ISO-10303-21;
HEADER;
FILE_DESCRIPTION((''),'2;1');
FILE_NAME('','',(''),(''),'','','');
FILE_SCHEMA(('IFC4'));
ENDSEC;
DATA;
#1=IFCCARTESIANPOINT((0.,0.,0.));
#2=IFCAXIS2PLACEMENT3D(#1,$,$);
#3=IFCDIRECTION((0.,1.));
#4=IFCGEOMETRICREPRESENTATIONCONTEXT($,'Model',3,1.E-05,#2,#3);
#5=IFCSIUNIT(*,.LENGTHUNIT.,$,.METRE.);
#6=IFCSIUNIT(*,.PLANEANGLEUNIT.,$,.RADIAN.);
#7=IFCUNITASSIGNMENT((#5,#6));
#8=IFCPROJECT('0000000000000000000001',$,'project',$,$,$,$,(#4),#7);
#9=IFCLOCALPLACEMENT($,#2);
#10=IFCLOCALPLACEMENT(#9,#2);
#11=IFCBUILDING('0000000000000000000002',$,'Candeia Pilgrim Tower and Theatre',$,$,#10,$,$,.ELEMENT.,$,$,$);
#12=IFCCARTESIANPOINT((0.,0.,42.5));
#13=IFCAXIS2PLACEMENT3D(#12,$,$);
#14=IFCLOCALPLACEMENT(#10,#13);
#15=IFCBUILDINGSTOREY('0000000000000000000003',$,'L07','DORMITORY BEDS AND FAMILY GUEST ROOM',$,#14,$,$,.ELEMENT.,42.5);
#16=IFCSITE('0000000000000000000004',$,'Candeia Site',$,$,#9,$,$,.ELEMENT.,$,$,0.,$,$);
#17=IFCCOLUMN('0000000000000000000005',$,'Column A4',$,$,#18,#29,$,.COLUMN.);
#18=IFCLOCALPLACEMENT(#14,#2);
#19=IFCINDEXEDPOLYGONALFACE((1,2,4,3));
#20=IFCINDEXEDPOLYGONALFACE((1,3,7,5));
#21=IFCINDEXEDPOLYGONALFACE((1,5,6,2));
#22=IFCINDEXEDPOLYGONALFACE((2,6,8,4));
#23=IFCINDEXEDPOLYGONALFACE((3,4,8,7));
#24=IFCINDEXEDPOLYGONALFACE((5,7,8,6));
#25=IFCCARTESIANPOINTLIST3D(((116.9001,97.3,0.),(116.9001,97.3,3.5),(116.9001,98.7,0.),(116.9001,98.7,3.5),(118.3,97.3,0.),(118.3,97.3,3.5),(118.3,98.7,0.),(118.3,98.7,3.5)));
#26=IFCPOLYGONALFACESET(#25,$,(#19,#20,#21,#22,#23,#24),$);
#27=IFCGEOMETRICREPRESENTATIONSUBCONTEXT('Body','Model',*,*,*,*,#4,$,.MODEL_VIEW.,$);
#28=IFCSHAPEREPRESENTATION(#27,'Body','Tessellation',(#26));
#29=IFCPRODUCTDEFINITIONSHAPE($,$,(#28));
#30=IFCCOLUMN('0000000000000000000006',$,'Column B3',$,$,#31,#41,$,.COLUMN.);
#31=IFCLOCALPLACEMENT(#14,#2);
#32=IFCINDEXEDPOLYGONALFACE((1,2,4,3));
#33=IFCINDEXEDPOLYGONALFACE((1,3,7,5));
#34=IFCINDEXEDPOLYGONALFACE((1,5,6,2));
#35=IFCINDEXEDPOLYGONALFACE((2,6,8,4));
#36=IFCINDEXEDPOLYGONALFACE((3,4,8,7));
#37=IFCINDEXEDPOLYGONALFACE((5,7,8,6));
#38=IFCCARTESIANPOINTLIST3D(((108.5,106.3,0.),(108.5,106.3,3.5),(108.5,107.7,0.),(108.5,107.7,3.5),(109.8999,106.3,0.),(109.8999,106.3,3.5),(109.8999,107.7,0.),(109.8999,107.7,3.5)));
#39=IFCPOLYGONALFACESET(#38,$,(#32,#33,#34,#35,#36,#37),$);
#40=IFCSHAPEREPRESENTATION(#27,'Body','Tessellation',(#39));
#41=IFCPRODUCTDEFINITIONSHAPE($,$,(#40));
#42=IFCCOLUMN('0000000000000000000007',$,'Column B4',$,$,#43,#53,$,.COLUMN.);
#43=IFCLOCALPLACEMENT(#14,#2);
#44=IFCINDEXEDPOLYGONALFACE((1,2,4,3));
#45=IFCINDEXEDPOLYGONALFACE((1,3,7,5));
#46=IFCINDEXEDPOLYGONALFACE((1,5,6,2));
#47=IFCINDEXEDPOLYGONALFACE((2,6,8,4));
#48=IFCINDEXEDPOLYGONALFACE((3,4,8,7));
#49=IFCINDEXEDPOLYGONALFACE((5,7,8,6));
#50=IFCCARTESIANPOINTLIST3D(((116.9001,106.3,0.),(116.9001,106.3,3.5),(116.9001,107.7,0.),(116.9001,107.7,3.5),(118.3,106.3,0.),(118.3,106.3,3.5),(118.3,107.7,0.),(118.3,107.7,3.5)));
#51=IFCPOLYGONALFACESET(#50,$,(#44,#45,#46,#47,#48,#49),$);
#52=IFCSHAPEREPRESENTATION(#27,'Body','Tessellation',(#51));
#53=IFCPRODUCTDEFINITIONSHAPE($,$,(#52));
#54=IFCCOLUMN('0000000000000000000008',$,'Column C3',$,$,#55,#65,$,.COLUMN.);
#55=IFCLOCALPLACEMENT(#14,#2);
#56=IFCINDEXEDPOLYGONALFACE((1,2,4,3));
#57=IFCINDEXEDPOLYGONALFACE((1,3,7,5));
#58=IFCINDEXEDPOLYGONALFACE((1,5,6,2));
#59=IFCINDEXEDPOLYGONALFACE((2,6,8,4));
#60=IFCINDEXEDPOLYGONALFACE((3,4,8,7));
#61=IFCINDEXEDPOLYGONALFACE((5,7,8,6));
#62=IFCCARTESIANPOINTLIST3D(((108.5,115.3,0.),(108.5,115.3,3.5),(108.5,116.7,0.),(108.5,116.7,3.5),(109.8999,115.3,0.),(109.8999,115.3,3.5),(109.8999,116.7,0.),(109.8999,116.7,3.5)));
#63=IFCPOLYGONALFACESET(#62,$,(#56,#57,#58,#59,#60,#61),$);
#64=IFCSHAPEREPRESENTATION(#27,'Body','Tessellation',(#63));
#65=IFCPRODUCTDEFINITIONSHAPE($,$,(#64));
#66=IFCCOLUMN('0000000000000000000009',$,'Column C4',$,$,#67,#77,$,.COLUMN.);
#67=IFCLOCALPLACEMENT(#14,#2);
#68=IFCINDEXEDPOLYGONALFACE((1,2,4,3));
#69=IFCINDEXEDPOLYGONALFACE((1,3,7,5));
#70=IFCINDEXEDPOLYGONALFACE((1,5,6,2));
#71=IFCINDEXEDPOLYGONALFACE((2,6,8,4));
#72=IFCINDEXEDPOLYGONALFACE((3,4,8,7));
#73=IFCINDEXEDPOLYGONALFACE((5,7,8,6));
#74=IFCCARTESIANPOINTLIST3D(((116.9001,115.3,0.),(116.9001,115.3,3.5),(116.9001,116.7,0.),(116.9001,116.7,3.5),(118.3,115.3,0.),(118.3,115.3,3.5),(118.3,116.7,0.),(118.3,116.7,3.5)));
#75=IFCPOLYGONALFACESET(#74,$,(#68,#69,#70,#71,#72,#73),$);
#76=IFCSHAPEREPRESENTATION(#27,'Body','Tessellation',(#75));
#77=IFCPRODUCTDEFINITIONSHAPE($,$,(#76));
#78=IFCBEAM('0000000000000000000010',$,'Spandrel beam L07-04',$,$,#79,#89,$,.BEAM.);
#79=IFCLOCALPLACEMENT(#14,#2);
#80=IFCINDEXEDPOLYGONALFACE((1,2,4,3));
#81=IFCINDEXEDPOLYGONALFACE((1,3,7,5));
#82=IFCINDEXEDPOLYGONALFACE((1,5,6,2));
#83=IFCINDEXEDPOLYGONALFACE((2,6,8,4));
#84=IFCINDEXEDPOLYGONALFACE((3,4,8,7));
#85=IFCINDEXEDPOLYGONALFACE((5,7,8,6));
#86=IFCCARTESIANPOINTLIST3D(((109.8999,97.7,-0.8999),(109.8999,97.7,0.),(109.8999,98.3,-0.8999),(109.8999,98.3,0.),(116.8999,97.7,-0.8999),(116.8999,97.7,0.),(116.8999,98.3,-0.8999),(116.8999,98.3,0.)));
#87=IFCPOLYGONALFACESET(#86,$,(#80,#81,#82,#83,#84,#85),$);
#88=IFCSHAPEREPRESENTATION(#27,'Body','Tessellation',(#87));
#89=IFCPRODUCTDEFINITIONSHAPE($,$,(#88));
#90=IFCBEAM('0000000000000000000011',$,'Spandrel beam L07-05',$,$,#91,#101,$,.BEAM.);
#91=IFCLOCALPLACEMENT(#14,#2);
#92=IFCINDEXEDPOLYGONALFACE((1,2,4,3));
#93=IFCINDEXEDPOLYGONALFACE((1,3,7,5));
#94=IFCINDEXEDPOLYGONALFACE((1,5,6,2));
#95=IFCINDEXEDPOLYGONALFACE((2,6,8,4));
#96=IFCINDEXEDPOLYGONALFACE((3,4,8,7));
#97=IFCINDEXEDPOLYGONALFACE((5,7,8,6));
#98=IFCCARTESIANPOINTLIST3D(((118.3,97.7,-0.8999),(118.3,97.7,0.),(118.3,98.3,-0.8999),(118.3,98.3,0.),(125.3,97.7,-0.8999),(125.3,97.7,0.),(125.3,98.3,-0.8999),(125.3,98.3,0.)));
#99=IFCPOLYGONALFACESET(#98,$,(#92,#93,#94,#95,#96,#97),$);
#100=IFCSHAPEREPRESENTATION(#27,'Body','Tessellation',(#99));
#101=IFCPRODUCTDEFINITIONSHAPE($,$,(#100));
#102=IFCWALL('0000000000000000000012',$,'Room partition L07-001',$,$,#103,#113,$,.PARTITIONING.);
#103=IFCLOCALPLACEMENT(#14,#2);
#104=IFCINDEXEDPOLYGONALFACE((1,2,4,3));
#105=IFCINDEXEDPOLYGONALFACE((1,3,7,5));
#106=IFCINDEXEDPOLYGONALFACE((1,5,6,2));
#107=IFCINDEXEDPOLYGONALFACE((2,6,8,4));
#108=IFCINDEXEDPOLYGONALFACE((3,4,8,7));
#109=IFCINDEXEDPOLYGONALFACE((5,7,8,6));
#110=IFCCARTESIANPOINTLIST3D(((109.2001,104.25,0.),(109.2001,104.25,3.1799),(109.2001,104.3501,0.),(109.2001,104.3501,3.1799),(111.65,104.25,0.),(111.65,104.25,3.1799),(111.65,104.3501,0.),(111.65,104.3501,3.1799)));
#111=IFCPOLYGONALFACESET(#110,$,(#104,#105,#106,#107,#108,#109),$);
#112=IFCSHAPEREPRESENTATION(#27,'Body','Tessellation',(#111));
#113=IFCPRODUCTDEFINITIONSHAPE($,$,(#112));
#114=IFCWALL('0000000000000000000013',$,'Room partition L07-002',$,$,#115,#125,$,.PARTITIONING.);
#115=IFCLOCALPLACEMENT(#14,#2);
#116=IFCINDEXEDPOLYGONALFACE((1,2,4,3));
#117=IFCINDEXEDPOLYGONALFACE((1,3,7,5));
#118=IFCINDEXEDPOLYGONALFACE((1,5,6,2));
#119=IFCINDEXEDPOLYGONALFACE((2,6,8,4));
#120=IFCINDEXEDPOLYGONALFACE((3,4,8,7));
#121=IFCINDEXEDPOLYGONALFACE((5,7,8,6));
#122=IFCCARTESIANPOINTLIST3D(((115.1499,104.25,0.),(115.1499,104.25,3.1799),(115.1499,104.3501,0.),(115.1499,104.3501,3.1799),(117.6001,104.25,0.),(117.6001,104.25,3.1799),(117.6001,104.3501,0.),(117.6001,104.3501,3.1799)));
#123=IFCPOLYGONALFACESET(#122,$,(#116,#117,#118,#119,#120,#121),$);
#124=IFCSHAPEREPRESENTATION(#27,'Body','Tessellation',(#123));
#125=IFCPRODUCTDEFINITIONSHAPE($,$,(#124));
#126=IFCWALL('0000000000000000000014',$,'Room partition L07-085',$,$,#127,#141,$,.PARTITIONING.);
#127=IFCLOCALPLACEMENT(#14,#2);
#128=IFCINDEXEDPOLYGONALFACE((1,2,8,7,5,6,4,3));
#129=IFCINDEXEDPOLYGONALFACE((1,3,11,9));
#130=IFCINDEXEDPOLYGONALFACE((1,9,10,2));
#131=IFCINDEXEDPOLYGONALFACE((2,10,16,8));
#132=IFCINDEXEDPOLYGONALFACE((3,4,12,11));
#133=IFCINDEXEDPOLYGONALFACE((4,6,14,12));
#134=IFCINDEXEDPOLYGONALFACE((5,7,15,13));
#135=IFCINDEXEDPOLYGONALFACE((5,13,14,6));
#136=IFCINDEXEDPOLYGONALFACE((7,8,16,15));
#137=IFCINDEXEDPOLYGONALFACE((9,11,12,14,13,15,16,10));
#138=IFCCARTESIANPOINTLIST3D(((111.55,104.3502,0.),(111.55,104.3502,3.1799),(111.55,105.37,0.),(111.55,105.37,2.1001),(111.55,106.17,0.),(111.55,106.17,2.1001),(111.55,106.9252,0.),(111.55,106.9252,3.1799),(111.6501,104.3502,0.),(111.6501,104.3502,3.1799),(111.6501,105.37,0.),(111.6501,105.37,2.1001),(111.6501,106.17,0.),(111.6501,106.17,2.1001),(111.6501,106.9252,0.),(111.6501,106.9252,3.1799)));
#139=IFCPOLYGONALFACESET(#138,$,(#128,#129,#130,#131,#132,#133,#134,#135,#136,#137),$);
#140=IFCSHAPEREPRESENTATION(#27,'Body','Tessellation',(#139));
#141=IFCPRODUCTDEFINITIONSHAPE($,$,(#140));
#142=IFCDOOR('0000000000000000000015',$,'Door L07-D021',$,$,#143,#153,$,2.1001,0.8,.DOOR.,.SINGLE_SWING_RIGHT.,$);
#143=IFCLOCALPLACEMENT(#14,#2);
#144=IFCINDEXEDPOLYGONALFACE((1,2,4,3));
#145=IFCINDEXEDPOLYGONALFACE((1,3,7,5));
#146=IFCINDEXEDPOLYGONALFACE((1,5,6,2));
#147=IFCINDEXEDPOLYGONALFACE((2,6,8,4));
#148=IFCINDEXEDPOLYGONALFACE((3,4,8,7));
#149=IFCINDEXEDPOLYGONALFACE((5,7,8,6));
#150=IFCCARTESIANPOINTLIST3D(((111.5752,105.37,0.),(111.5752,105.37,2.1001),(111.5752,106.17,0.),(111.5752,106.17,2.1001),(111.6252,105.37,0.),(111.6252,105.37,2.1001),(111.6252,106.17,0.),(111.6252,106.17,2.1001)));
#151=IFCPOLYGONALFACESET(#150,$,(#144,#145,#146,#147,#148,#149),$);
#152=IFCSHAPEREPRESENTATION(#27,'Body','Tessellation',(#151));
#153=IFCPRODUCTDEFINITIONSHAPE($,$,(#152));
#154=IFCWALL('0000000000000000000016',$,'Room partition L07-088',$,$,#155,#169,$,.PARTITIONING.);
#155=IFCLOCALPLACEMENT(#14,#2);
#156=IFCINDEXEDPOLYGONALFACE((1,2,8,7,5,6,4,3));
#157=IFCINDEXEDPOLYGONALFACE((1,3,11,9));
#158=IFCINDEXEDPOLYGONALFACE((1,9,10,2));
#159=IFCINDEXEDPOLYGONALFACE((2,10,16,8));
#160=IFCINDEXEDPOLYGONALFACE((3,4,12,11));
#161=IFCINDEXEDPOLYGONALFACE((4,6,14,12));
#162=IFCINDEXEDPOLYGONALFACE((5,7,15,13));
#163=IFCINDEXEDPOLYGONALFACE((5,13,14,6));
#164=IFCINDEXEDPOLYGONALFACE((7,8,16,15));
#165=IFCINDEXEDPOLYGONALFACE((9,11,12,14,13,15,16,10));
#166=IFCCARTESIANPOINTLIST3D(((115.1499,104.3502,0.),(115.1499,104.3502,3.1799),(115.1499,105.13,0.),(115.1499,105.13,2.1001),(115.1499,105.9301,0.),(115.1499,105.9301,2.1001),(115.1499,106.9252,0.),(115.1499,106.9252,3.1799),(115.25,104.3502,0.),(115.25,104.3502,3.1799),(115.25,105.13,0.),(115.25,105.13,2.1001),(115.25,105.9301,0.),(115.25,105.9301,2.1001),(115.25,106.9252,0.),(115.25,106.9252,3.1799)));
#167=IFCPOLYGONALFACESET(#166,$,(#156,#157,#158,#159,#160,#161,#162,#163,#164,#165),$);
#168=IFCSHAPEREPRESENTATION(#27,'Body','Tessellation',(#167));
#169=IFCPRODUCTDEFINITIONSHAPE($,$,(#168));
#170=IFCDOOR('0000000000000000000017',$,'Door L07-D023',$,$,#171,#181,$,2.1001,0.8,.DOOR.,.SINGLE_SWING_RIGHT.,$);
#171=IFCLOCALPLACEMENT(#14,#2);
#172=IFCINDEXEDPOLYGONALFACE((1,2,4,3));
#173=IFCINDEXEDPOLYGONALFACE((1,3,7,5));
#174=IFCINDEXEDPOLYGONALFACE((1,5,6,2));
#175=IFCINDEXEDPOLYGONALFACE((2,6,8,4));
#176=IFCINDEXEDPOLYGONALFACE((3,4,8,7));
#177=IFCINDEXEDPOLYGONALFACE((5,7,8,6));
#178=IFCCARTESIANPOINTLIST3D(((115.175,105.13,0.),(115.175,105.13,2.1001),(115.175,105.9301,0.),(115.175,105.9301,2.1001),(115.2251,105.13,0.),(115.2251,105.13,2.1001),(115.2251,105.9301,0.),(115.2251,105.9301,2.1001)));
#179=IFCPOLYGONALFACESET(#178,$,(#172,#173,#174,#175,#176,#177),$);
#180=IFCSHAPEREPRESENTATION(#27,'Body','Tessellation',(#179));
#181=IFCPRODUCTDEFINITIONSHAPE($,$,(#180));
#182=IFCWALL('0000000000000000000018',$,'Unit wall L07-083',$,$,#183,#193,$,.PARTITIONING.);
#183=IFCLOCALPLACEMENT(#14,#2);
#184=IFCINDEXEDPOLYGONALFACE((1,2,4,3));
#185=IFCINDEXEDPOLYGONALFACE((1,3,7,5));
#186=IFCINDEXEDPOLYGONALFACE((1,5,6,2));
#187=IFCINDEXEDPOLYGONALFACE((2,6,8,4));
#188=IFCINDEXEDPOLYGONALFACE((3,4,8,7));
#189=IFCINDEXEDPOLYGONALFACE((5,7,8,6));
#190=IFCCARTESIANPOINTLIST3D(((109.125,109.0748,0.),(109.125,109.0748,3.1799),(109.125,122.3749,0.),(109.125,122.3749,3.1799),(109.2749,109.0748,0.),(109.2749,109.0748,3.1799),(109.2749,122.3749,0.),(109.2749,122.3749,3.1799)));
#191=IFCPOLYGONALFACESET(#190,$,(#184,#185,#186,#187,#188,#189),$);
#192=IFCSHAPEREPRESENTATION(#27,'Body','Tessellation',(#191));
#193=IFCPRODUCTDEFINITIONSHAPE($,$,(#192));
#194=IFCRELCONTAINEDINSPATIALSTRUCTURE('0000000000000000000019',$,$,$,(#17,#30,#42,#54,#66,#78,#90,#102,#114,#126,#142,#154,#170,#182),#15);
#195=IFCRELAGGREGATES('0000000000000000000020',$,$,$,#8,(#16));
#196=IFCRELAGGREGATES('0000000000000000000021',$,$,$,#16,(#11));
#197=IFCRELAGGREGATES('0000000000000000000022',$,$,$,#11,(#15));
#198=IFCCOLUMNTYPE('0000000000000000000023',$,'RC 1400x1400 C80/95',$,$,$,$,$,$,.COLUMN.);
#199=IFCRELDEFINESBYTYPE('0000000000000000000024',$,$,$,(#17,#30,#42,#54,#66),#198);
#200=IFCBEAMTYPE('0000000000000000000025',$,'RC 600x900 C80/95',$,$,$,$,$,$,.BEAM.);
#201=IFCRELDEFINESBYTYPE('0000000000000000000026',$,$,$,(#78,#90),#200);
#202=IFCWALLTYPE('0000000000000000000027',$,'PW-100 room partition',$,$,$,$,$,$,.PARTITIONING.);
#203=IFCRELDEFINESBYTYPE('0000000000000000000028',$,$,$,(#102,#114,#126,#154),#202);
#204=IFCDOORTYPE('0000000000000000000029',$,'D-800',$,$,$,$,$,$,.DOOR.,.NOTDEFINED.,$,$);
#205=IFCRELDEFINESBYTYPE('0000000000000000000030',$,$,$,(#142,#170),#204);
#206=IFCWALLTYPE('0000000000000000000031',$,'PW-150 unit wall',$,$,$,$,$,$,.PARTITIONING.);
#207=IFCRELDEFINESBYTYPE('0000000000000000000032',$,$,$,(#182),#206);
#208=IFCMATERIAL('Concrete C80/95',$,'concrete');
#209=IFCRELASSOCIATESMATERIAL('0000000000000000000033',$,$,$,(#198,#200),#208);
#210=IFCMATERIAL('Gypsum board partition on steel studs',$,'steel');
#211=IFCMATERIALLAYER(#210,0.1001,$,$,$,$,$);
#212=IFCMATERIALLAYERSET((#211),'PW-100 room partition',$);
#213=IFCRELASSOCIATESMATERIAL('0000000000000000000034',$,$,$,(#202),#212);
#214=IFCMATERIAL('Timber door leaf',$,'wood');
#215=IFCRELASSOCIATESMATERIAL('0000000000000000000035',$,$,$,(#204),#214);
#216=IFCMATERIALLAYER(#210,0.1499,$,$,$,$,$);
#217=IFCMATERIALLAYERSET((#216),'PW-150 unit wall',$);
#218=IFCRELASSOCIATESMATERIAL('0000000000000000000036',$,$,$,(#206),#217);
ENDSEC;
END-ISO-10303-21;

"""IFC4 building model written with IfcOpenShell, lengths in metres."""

from ifc_helpers import new_model, si_unit, direction, frame, frame_2d, origin, origin_2d, place, context, subcontext, project, spatial, rectangle, extrude, material, layer, layer_set, material_profile, profile_set, type_object, element, fill, save


model = new_model("IFC4")

# Units and contexts
model_context = context("Model", 3, precision=1e-05, world=origin(), true_north=direction((0.0, 1.0)))
body_context = subcontext(model_context, "Body", "Model", "MODEL_VIEW")
ifc_project = project(units=[si_unit("LENGTHUNIT", "METRE"), si_unit("PLANEANGLEUNIT", "RADIAN")], contexts=[model_context])

# Site, building, storey
site_placement = place(None, origin())
site = spatial("IfcSite", under=ifc_project, at=site_placement, Name="Candeia Site", CompositionType="ELEMENT", RefElevation=0.0)
building_placement = place(site_placement, origin())
building = spatial("IfcBuilding", under=site, at=building_placement, Name="Candeia Pilgrim Tower and Theatre", CompositionType="ELEMENT")
storey_placement = place(building_placement, frame((0.0, 0.0, 42.5)))
storey = spatial("IfcBuildingStorey", under=building, at=storey_placement, Name="L07", Description="DORMITORY BEDS AND FAMILY GUEST ROOM", CompositionType="ELEMENT", Elevation=42.5)

# Columns
ifc_material_1 = material(Name="Concrete C80/95", Category="concrete")
ifc_material_profile_1 = material_profile(ifc_material_1, rectangle(XDim=1.3999, YDim=1.3999, at=origin_2d()))
ifc_profile_set_1 = profile_set([ifc_material_profile_1], Name="Concrete C80/95")
column_type = type_object("IfcColumnType", Name="RC 1400x1400 C80/95", PredefinedType="COLUMN", material=ifc_profile_set_1)
for number, where, z_axis, x_axis, name in (
    (1, (117.6001, 98.0, 0.0), (0.0, 0.0, 1.0), (1.0, 0.0, 0.0), "Column A4"),
    (2, (109.2, 107.0, 0.0), (0.0, 0.0, 1.0), (1.0, 0.0, 0.0), "Column B3"),
    (3, (117.6001, 107.0, 0.0), (0.0, 0.0, 1.0), (1.0, 0.0, 0.0), "Column B4"),
    (4, (109.2, 116.0, 0.0), (0.0, 0.0, 1.0), (1.0, 0.0, 0.0), "Column C3"),
    (5, (117.6001, 116.0, 0.0), (0.0, 0.0, 1.0), (1.0, 0.0, 0.0), "Column C4"),
):
    element("IfcColumn", number, at=place(storey_placement, frame(where, z_axis=z_axis, x_axis=x_axis)), inside=storey, type_object=column_type, Name=name, PredefinedType="COLUMN", context=body_context, shape_type="SweptSolid", body=[
        extrude(rectangle(XDim=1.3999, YDim=1.3999, at=origin_2d()), origin(), (0.0, 0.0, 1.0), 3.5),
    ])

# Beams
ifc_material_profile_2 = material_profile(ifc_material_1, rectangle(XDim=0.6001, YDim=0.8999, at=origin_2d()))
ifc_profile_set_2 = profile_set([ifc_material_profile_2], Name="Concrete C80/95")
beam_type = type_object("IfcBeamType", Name="RC 600x900 C80/95", PredefinedType="BEAM", material=ifc_profile_set_2)
for number, where, z_axis, x_axis, name in (
    (6, (109.8999, 98.0, -0.45), (1.0, 0.0, 0.0), (0.0, 1.0, 0.0), "Spandrel beam L07-04"),
    (7, (118.3, 98.0, -0.45), (1.0, 0.0, 0.0), (0.0, 1.0, 0.0), "Spandrel beam L07-05"),
):
    element("IfcBeam", number, at=place(storey_placement, frame(where, z_axis=z_axis, x_axis=x_axis)), inside=storey, type_object=beam_type, Name=name, PredefinedType="BEAM", context=body_context, shape_type="SweptSolid", body=[
        extrude(rectangle(XDim=0.6001, YDim=0.8999, at=origin_2d()), origin(), (0.0, 0.0, 1.0), 7.0),
    ])

# Walls
ifc_material_2 = material(Name="Gypsum board partition on steel studs", Category="steel")
ifc_layer_1 = layer(ifc_material_2, 0.1001)
ifc_layer_set_1 = layer_set([ifc_layer_1], Name="PW-100 room partition")
wall_type_1 = type_object("IfcWallType", Name="PW-100 room partition", PredefinedType="PARTITIONING", material=ifc_layer_set_1)
wall_1_placement = place(storey_placement, frame((109.2, 104.3, 0.0), z_axis=(0.0, 0.0, 1.0), x_axis=(1.0, 0.0, 0.0)))
element("IfcWall", 8, at=wall_1_placement, inside=storey, type_object=wall_type_1, Name="Room partition L07-001", PredefinedType="PARTITIONING", context=body_context, shape_type="SweptSolid", body=[
    extrude(rectangle(XDim=2.45, YDim=0.1001, at=frame_2d((1.2251, 0.0))), origin(), (0.0, 0.0, 1.0), 3.1799),
])
wall_2_placement = place(storey_placement, frame((115.1499, 104.3, 0.0), z_axis=(0.0, 0.0, 1.0), x_axis=(1.0, 0.0, 0.0)))
element("IfcWall", 9, at=wall_2_placement, inside=storey, type_object=wall_type_1, Name="Room partition L07-002", PredefinedType="PARTITIONING", context=body_context, shape_type="SweptSolid", body=[
    extrude(rectangle(XDim=2.4502, YDim=0.1001, at=frame_2d((1.2251, 0.0))), origin(), (0.0, 0.0, 1.0), 3.1799),
])

# Walls, openings, doors
wall_3_placement = place(storey_placement, frame((111.6001, 104.3501, 0.0), z_axis=(0.0, 0.0, 1.0), x_axis=(0.0, 1.0, 0.0)))
wall_3 = element("IfcWall", 10, at=wall_3_placement, inside=storey, type_object=wall_type_1, Name="Room partition L07-085", PredefinedType="PARTITIONING", context=body_context, shape_type="SweptSolid", body=[
    extrude(rectangle(XDim=2.575, YDim=0.1001, at=frame_2d((1.2876, 0.0))), origin(), (0.0, 0.0, 1.0), 3.1799),
])
opening_1_placement = place(wall_3_placement, frame((1.02, 0.0, 0.0)))
opening_1 = element("IfcOpeningElement", 11, at=opening_1_placement, cuts=wall_3, PredefinedType="OPENING", context=body_context, shape_type="SweptSolid", body=[
    extrude(rectangle(XDim=0.8, YDim=2.1001, at=frame_2d((0.3999, 1.05))), frame((0.0, 0.0601, 0.0), z_axis=(0.0, -1.0, 0.0), x_axis=(1.0, 0.0, 0.0)), (0.0, 0.0, 1.0), 0.1201),
])
ifc_material_3 = material(Name="Timber door leaf", Category="wood")
door_type_1 = type_object("IfcDoorType", Name="D-800", OperationType="NOTDEFINED", PredefinedType="DOOR", material=ifc_material_3)
door_1_placement = place(opening_1_placement, origin())
door_1 = element("IfcDoor", 12, at=door_1_placement, inside=storey, type_object=door_type_1, Name="Door L07-D021", OperationType="SINGLE_SWING_RIGHT", OverallHeight=2.1001, OverallWidth=0.8, PredefinedType="DOOR", context=body_context, shape_type="SweptSolid", body=[
    extrude(rectangle(XDim=0.8, YDim=2.1001, at=frame_2d((0.3999, 1.05))), frame((0.0, 0.0249, 0.0), z_axis=(0.0, -1.0, 0.0), x_axis=(1.0, 0.0, 0.0)), (0.0, 0.0, 1.0), 0.05),
])
fill(opening_1, door_1)
wall_4_placement = place(storey_placement, frame((115.2, 104.3501, 0.0), z_axis=(0.0, 0.0, 1.0), x_axis=(0.0, 1.0, 0.0)))
wall_4 = element("IfcWall", 13, at=wall_4_placement, inside=storey, type_object=wall_type_1, Name="Room partition L07-088", PredefinedType="PARTITIONING", context=body_context, shape_type="SweptSolid", body=[
    extrude(rectangle(XDim=2.575, YDim=0.1001, at=frame_2d((1.2876, 0.0))), origin(), (0.0, 0.0, 1.0), 3.1799),
])
opening_2_placement = place(wall_4_placement, frame((0.78, 0.0, 0.0)))
opening_2 = element("IfcOpeningElement", 14, at=opening_2_placement, cuts=wall_4, PredefinedType="OPENING", context=body_context, shape_type="SweptSolid", body=[
    extrude(rectangle(XDim=0.8, YDim=2.1001, at=frame_2d((0.3999, 1.05))), frame((0.0, 0.0601, 0.0), z_axis=(0.0, -1.0, 0.0), x_axis=(1.0, 0.0, 0.0)), (0.0, 0.0, 1.0), 0.1201),
])
door_2_placement = place(opening_2_placement, origin())
door_2 = element("IfcDoor", 15, at=door_2_placement, inside=storey, type_object=door_type_1, Name="Door L07-D023", OperationType="SINGLE_SWING_RIGHT", OverallHeight=2.1001, OverallWidth=0.8, PredefinedType="DOOR", context=body_context, shape_type="SweptSolid", body=[
    extrude(rectangle(XDim=0.8, YDim=2.1001, at=frame_2d((0.3999, 1.05))), frame((0.0, 0.0249, 0.0), z_axis=(0.0, -1.0, 0.0), x_axis=(1.0, 0.0, 0.0)), (0.0, 0.0, 1.0), 0.05),
])
fill(opening_2, door_2)

# Wall
ifc_layer_2 = layer(ifc_material_2, 0.1499)
ifc_layer_set_2 = layer_set([ifc_layer_2], Name="PW-150 unit wall")
wall_type_2 = type_object("IfcWallType", Name="PW-150 unit wall", PredefinedType="PARTITIONING", material=ifc_layer_set_2)
wall_5_placement = place(storey_placement, frame((109.2, 109.075, 0.0), z_axis=(0.0, 0.0, 1.0), x_axis=(0.0, 1.0, 0.0)))
element("IfcWall", 16, at=wall_5_placement, inside=storey, type_object=wall_type_2, Name="Unit wall L07-083", PredefinedType="PARTITIONING", context=body_context, shape_type="SweptSolid", body=[
    extrude(rectangle(XDim=13.3, YDim=0.1499, at=frame_2d((6.6499, 0.0))), origin(), (0.0, 0.0, 1.0), 3.1799),
])

save(model, "model.ifc")
